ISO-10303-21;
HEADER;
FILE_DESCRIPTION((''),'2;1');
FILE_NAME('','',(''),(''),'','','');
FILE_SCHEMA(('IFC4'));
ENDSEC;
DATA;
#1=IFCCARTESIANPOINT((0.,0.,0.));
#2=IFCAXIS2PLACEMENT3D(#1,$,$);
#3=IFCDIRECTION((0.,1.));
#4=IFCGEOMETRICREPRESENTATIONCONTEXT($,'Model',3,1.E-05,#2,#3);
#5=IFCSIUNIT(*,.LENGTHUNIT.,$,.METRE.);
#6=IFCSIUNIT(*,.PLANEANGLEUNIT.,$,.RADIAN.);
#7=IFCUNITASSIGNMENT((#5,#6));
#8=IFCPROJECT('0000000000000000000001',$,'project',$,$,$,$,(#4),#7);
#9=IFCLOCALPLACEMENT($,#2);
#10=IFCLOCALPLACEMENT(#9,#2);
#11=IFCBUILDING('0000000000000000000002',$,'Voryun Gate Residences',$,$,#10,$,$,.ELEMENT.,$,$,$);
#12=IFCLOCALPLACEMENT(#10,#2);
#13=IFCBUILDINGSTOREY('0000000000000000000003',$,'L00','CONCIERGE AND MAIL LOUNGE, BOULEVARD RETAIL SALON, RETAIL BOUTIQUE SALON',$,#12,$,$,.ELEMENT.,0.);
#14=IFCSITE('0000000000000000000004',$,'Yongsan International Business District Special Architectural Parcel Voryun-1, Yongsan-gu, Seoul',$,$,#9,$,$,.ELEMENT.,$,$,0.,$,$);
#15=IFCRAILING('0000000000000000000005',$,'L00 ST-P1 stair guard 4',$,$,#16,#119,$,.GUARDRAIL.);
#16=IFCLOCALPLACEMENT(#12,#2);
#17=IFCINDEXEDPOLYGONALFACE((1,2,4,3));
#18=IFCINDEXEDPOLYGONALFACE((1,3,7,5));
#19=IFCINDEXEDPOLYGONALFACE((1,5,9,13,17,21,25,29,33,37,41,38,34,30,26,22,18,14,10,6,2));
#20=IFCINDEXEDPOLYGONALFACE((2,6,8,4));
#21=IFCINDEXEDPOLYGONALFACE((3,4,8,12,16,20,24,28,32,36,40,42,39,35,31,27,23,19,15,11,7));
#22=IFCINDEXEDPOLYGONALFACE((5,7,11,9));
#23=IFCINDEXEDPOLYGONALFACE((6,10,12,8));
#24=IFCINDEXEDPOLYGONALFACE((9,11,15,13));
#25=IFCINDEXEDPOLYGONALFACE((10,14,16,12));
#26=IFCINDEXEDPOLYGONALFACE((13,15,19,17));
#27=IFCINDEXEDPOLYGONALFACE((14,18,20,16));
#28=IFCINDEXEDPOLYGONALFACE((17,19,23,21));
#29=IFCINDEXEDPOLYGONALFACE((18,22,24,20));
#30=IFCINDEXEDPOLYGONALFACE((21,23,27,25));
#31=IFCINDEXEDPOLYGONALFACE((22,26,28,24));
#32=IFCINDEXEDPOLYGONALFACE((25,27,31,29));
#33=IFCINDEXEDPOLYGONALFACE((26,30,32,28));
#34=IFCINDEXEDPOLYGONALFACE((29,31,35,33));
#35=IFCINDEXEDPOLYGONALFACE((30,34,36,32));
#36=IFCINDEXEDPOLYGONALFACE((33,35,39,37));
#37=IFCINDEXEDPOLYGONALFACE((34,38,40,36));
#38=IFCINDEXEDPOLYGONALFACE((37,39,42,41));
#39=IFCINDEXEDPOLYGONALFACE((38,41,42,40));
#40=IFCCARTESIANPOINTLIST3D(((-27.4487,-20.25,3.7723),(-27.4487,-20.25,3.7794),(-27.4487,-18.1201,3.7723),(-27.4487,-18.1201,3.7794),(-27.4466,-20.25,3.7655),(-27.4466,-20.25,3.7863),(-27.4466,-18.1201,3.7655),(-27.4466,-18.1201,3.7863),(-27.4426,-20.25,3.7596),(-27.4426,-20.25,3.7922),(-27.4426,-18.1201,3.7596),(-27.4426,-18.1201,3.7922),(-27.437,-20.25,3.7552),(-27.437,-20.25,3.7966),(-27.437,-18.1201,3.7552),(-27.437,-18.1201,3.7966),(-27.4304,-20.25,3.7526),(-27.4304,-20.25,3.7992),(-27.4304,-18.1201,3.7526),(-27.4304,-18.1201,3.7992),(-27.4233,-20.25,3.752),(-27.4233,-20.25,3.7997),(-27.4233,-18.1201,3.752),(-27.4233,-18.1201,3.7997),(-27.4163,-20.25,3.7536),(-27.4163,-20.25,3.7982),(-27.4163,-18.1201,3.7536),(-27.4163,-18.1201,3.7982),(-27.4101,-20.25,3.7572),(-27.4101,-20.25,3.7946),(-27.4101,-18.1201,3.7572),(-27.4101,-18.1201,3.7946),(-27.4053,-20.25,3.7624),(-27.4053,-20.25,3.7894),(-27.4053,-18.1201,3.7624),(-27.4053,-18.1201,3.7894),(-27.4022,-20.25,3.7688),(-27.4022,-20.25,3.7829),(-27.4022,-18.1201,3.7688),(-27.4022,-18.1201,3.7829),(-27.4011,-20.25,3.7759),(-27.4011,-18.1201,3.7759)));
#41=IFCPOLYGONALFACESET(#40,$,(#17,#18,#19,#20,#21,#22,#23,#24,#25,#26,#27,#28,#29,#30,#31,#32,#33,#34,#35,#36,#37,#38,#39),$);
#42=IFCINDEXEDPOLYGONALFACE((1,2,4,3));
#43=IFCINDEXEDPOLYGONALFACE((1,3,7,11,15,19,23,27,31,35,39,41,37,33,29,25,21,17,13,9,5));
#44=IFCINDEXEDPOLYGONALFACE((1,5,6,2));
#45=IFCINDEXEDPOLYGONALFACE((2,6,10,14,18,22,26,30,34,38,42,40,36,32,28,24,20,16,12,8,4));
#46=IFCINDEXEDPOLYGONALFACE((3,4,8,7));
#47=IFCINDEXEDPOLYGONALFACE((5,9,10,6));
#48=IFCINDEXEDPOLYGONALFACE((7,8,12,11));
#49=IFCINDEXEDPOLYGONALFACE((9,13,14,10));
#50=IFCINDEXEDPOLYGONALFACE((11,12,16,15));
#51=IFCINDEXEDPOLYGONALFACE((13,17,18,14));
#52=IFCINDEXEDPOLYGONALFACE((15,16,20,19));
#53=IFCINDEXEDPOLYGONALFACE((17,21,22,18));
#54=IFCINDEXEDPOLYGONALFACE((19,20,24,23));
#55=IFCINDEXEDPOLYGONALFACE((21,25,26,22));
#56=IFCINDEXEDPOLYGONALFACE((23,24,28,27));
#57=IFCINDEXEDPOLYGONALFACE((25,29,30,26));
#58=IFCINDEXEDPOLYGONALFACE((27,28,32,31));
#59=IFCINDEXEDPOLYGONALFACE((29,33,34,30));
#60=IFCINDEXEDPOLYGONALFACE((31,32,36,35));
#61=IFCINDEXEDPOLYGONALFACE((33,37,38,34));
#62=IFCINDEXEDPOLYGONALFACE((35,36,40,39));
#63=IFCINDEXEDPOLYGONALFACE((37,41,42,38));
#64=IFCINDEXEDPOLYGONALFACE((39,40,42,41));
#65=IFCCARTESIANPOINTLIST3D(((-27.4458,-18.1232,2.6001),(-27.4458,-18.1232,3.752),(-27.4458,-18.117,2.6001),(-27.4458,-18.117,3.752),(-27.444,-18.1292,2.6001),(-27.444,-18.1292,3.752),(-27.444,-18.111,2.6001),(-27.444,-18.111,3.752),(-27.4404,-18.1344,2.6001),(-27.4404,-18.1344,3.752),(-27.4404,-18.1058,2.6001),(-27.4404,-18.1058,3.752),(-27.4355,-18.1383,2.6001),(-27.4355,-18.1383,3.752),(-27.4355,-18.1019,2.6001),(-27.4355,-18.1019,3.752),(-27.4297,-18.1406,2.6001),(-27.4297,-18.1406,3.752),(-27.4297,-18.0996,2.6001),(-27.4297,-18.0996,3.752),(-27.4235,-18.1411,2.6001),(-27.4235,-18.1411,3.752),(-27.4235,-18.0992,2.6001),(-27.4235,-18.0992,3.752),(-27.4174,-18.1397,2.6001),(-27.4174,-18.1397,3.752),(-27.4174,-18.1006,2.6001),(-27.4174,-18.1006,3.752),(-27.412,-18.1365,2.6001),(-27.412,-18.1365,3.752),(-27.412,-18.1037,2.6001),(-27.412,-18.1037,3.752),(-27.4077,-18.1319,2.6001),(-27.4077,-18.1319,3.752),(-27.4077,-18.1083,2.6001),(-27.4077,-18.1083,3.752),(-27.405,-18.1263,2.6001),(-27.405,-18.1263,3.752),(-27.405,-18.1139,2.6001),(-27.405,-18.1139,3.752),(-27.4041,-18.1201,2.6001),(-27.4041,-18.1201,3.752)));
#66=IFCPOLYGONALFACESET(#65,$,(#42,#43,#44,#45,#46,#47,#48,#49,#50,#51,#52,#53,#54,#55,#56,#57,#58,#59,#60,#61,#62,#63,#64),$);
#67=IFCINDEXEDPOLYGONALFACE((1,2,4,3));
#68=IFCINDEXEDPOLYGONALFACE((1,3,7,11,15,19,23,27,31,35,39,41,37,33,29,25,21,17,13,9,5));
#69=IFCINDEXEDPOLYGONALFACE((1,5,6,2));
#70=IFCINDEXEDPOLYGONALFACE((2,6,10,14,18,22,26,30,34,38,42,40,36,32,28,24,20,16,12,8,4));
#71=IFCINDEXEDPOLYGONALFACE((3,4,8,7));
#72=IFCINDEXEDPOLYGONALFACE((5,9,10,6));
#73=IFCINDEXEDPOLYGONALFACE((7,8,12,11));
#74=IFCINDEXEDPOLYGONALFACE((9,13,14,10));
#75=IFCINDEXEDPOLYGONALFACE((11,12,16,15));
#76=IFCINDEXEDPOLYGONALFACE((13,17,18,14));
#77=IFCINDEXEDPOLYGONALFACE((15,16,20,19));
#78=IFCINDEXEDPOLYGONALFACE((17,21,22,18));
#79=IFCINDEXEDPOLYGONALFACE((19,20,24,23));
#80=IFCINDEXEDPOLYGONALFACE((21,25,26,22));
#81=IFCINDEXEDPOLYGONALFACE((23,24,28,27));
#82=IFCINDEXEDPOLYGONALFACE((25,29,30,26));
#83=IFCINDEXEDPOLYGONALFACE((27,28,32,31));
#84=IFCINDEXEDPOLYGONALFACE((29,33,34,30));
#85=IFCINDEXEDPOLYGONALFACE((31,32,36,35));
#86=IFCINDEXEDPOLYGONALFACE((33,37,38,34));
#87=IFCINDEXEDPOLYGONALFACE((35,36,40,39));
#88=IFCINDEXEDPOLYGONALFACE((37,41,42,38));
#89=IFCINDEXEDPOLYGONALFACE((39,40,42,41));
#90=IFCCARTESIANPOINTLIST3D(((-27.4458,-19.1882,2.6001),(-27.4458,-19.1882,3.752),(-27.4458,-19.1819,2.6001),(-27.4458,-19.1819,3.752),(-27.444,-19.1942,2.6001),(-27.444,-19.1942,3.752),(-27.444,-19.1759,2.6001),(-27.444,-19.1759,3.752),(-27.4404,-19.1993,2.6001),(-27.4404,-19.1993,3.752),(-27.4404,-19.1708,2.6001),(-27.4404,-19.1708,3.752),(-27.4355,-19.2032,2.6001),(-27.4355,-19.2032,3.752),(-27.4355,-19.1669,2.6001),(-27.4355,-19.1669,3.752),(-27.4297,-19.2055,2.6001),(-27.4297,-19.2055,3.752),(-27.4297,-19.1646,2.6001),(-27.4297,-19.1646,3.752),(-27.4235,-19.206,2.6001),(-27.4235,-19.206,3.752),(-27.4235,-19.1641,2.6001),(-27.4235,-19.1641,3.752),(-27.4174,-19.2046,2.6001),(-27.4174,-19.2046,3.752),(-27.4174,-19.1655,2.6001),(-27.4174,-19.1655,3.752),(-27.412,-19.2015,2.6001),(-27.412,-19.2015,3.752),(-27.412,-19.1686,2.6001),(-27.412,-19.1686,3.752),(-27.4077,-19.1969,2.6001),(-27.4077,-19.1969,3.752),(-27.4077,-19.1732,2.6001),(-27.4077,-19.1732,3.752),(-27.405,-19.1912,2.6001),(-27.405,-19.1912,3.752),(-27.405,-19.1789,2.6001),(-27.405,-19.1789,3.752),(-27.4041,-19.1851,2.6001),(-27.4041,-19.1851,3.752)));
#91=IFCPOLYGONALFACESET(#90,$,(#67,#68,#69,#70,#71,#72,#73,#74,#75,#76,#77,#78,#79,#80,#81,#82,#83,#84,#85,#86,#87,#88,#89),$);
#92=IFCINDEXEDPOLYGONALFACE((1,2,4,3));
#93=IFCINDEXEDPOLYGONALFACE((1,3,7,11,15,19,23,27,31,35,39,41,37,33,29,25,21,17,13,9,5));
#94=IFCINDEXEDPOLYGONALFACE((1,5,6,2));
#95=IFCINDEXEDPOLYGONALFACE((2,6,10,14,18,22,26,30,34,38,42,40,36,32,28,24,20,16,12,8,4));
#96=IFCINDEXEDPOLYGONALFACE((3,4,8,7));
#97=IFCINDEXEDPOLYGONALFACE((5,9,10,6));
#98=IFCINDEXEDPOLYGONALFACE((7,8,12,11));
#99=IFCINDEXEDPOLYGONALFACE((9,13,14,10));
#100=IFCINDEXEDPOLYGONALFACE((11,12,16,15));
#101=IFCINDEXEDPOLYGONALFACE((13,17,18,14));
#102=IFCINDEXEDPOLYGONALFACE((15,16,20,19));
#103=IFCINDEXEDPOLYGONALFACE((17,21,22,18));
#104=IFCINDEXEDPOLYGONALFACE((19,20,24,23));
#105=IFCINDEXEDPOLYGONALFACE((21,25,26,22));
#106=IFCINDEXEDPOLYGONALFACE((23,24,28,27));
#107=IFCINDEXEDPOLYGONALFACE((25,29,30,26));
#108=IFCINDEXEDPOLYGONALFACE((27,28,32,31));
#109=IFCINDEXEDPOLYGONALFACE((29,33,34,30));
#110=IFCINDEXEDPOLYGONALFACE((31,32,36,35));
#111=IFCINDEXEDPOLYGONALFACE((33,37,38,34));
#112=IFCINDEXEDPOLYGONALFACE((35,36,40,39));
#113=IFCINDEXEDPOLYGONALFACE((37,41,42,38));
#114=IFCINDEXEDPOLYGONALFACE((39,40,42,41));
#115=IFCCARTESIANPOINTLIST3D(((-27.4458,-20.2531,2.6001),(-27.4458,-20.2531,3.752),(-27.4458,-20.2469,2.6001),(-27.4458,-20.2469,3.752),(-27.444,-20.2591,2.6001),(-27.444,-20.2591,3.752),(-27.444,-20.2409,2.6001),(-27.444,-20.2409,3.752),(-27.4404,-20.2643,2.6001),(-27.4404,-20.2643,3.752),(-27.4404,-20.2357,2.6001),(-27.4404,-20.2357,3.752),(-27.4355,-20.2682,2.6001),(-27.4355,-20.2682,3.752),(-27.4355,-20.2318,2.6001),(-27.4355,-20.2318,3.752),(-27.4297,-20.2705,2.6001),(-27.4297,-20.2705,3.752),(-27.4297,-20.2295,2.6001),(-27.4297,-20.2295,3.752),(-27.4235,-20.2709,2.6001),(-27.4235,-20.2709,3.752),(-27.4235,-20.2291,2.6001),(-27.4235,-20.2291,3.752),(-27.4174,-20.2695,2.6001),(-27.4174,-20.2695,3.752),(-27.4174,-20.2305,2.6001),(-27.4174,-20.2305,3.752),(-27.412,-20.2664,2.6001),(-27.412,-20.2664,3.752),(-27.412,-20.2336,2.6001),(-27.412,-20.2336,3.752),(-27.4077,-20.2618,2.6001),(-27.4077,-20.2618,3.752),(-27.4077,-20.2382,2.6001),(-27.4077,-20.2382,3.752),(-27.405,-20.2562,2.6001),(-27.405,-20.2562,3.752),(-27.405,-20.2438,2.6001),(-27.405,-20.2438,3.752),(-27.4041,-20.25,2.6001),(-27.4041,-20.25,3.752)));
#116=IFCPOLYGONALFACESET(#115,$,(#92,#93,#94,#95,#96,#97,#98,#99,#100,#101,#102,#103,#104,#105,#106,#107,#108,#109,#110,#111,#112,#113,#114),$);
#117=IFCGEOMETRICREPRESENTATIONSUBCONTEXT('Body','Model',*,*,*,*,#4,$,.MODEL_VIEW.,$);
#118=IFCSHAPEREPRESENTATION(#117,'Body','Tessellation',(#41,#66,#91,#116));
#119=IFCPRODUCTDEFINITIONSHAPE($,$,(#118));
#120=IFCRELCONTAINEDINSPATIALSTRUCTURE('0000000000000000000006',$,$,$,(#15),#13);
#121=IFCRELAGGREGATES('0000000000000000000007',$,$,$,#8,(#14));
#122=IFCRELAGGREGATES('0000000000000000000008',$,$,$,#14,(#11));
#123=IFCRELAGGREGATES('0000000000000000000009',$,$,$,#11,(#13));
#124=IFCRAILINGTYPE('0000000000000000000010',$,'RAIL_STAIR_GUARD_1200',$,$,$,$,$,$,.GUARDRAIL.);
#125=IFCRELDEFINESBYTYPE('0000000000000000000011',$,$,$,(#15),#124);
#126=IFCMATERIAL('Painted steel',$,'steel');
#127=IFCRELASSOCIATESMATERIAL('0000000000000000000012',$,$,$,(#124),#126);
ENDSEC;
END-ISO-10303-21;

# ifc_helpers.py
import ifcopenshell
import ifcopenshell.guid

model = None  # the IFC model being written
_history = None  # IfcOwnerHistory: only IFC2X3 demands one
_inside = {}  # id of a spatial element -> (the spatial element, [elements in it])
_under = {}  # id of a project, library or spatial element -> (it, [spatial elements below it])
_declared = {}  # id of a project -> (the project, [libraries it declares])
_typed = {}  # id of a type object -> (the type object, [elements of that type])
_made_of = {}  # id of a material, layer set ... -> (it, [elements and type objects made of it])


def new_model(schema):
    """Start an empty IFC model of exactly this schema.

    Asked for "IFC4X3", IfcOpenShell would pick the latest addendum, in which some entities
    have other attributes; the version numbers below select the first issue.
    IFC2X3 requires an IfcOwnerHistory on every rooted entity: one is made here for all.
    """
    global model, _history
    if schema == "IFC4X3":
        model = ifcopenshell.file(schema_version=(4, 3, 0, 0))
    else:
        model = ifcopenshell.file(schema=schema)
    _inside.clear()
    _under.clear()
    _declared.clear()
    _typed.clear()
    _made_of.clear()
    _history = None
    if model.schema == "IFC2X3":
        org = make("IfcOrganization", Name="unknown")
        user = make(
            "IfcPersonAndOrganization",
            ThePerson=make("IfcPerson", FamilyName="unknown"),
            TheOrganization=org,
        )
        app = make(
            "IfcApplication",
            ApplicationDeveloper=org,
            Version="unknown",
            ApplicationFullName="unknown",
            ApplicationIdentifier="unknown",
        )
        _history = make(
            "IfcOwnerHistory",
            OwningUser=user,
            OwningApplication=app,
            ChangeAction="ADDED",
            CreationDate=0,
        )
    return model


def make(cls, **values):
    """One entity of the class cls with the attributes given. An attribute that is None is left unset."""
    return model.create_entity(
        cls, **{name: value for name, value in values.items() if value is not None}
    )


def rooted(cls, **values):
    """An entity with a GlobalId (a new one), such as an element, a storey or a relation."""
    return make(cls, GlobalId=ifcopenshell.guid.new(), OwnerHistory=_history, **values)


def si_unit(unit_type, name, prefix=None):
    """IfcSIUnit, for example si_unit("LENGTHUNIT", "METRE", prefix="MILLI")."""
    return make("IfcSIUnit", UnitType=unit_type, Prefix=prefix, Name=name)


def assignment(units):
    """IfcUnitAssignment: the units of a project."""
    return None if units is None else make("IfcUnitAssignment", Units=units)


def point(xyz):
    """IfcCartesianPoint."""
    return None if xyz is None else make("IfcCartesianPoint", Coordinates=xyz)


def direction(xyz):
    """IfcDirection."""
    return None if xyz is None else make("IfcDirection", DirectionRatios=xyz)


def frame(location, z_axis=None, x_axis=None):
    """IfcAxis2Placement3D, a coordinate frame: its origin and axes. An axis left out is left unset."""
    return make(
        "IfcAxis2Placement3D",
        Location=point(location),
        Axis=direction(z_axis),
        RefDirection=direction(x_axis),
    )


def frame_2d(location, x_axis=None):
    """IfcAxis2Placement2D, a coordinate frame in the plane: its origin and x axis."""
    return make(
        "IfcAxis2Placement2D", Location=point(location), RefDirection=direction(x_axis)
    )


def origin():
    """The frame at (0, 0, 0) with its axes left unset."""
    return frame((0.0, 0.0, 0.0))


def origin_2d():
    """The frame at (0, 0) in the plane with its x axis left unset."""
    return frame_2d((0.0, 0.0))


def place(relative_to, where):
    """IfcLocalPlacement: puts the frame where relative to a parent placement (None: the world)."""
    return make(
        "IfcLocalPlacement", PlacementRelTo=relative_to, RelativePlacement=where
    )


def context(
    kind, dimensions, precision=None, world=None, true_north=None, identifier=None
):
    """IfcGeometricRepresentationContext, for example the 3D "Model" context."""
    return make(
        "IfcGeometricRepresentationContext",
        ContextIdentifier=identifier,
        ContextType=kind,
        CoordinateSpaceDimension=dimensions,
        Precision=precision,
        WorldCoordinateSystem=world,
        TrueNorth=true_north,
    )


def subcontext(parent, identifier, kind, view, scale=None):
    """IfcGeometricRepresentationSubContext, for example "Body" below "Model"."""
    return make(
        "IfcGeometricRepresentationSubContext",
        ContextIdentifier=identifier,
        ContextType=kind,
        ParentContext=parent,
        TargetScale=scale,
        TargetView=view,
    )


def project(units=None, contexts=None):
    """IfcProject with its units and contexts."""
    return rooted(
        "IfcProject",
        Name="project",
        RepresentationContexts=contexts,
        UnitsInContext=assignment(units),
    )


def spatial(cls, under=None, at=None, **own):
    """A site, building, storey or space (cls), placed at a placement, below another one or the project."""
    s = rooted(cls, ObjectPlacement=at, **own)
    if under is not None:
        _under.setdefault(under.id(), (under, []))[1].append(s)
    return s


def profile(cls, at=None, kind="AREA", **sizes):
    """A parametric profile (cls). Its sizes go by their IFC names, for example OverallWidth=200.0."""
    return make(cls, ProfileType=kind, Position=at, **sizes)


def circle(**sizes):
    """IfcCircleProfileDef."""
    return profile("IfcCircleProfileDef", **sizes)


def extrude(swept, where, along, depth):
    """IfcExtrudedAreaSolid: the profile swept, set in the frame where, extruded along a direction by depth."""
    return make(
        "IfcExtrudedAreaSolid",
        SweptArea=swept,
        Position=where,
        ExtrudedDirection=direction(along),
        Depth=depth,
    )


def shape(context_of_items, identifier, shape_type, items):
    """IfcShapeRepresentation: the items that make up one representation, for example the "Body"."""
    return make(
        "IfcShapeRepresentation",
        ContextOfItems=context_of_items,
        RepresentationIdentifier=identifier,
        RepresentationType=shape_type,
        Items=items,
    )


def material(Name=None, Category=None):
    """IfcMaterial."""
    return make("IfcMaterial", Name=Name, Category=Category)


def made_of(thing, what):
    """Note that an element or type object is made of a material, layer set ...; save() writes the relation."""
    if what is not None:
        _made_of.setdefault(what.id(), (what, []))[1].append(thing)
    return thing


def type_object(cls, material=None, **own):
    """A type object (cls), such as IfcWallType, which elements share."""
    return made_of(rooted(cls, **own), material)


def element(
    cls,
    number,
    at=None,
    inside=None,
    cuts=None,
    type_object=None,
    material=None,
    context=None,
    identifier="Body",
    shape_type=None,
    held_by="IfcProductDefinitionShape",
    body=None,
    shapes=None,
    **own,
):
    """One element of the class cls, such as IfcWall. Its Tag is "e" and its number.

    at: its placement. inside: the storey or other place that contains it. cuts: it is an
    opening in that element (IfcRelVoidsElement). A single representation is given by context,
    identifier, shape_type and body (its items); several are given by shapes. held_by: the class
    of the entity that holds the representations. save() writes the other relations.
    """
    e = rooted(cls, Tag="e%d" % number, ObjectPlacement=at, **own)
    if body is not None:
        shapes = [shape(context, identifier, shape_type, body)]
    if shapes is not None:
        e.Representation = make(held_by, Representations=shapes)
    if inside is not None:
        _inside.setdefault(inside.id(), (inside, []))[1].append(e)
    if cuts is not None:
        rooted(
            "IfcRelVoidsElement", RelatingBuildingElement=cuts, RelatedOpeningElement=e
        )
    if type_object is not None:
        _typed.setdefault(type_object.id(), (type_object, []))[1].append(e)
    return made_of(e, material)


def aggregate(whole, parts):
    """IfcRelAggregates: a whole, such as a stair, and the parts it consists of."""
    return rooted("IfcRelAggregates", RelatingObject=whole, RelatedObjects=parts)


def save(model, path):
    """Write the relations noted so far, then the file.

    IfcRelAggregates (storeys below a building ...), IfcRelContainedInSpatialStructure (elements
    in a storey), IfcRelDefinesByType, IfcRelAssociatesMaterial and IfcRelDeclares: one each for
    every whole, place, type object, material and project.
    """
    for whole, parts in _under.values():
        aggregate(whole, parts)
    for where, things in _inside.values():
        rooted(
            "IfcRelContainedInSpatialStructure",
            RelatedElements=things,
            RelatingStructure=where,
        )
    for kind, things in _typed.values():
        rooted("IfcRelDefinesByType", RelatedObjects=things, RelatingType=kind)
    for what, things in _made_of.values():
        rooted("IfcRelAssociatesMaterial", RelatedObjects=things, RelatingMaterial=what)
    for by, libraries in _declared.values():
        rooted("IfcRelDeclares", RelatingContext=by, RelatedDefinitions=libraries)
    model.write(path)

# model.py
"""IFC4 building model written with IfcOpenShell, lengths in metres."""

from ifc_helpers import new_model, si_unit, direction, frame, origin, origin_2d, place, context, subcontext, project, spatial, circle, extrude, material, type_object, element, save


model = new_model("IFC4")

# Units and contexts
model_context = context("Model", 3, precision=1e-05, world=origin(), true_north=direction((0.0, 1.0)))
body_context = subcontext(model_context, "Body", "Model", "MODEL_VIEW")
ifc_project = project(units=[si_unit("LENGTHUNIT", "METRE"), si_unit("PLANEANGLEUNIT", "RADIAN")], contexts=[model_context])

# Site, building, storey
site_placement = place(None, origin())
site = spatial("IfcSite", under=ifc_project, at=site_placement, Name="Yongsan International Business District Special Architectural Parcel Voryun-1, Yongsan-gu, Seoul", CompositionType="ELEMENT", RefElevation=0.0)
building_placement = place(site_placement, origin())
building = spatial("IfcBuilding", under=site, at=building_placement, Name="Voryun Gate Residences", CompositionType="ELEMENT")
storey_placement = place(building_placement, origin())
storey = spatial("IfcBuildingStorey", under=building, at=storey_placement, Name="L00", Description="CONCIERGE AND MAIL LOUNGE, BOULEVARD RETAIL SALON, RETAIL BOUTIQUE SALON", CompositionType="ELEMENT", Elevation=0.0)

# Railing
ifc_material_1 = material(Name="Painted steel", Category="steel")
railing_type_1 = type_object("IfcRailingType", Name="RAIL_STAIR_GUARD_1200", PredefinedType="GUARDRAIL", material=ifc_material_1)
for number, where, name in (
    (1, (-27.425, -18.1201, 2.6001), "L00 ST-P1 stair guard 4"),
):
    element("IfcRailing", number, at=place(storey_placement, frame(where)), inside=storey, type_object=railing_type_1, Name=name, PredefinedType="GUARDRAIL", context=body_context, shape_type="SweptSolid", body=[
        extrude(circle(Radius=0.0239, at=origin_2d()), frame((0.0, 0.0, 1.1758), z_axis=(0.0, -1.0, 0.0), x_axis=(1.0, 0.0, 0.0)), (0.0, 0.0, 1.0), 2.1299),
        extrude(circle(Radius=0.021, at=origin_2d()), origin(), (0.0, 0.0, 1.0), 1.1519),
        extrude(circle(Radius=0.021, at=origin_2d()), frame((0.0, -1.0649, 0.0)), (0.0, 0.0, 1.0), 1.1519),
        extrude(circle(Radius=0.021, at=origin_2d()), frame((0.0, -2.1299, 0.0)), (0.0, 0.0, 1.0), 1.1519),
    ])

save(model, "model.ifc")
